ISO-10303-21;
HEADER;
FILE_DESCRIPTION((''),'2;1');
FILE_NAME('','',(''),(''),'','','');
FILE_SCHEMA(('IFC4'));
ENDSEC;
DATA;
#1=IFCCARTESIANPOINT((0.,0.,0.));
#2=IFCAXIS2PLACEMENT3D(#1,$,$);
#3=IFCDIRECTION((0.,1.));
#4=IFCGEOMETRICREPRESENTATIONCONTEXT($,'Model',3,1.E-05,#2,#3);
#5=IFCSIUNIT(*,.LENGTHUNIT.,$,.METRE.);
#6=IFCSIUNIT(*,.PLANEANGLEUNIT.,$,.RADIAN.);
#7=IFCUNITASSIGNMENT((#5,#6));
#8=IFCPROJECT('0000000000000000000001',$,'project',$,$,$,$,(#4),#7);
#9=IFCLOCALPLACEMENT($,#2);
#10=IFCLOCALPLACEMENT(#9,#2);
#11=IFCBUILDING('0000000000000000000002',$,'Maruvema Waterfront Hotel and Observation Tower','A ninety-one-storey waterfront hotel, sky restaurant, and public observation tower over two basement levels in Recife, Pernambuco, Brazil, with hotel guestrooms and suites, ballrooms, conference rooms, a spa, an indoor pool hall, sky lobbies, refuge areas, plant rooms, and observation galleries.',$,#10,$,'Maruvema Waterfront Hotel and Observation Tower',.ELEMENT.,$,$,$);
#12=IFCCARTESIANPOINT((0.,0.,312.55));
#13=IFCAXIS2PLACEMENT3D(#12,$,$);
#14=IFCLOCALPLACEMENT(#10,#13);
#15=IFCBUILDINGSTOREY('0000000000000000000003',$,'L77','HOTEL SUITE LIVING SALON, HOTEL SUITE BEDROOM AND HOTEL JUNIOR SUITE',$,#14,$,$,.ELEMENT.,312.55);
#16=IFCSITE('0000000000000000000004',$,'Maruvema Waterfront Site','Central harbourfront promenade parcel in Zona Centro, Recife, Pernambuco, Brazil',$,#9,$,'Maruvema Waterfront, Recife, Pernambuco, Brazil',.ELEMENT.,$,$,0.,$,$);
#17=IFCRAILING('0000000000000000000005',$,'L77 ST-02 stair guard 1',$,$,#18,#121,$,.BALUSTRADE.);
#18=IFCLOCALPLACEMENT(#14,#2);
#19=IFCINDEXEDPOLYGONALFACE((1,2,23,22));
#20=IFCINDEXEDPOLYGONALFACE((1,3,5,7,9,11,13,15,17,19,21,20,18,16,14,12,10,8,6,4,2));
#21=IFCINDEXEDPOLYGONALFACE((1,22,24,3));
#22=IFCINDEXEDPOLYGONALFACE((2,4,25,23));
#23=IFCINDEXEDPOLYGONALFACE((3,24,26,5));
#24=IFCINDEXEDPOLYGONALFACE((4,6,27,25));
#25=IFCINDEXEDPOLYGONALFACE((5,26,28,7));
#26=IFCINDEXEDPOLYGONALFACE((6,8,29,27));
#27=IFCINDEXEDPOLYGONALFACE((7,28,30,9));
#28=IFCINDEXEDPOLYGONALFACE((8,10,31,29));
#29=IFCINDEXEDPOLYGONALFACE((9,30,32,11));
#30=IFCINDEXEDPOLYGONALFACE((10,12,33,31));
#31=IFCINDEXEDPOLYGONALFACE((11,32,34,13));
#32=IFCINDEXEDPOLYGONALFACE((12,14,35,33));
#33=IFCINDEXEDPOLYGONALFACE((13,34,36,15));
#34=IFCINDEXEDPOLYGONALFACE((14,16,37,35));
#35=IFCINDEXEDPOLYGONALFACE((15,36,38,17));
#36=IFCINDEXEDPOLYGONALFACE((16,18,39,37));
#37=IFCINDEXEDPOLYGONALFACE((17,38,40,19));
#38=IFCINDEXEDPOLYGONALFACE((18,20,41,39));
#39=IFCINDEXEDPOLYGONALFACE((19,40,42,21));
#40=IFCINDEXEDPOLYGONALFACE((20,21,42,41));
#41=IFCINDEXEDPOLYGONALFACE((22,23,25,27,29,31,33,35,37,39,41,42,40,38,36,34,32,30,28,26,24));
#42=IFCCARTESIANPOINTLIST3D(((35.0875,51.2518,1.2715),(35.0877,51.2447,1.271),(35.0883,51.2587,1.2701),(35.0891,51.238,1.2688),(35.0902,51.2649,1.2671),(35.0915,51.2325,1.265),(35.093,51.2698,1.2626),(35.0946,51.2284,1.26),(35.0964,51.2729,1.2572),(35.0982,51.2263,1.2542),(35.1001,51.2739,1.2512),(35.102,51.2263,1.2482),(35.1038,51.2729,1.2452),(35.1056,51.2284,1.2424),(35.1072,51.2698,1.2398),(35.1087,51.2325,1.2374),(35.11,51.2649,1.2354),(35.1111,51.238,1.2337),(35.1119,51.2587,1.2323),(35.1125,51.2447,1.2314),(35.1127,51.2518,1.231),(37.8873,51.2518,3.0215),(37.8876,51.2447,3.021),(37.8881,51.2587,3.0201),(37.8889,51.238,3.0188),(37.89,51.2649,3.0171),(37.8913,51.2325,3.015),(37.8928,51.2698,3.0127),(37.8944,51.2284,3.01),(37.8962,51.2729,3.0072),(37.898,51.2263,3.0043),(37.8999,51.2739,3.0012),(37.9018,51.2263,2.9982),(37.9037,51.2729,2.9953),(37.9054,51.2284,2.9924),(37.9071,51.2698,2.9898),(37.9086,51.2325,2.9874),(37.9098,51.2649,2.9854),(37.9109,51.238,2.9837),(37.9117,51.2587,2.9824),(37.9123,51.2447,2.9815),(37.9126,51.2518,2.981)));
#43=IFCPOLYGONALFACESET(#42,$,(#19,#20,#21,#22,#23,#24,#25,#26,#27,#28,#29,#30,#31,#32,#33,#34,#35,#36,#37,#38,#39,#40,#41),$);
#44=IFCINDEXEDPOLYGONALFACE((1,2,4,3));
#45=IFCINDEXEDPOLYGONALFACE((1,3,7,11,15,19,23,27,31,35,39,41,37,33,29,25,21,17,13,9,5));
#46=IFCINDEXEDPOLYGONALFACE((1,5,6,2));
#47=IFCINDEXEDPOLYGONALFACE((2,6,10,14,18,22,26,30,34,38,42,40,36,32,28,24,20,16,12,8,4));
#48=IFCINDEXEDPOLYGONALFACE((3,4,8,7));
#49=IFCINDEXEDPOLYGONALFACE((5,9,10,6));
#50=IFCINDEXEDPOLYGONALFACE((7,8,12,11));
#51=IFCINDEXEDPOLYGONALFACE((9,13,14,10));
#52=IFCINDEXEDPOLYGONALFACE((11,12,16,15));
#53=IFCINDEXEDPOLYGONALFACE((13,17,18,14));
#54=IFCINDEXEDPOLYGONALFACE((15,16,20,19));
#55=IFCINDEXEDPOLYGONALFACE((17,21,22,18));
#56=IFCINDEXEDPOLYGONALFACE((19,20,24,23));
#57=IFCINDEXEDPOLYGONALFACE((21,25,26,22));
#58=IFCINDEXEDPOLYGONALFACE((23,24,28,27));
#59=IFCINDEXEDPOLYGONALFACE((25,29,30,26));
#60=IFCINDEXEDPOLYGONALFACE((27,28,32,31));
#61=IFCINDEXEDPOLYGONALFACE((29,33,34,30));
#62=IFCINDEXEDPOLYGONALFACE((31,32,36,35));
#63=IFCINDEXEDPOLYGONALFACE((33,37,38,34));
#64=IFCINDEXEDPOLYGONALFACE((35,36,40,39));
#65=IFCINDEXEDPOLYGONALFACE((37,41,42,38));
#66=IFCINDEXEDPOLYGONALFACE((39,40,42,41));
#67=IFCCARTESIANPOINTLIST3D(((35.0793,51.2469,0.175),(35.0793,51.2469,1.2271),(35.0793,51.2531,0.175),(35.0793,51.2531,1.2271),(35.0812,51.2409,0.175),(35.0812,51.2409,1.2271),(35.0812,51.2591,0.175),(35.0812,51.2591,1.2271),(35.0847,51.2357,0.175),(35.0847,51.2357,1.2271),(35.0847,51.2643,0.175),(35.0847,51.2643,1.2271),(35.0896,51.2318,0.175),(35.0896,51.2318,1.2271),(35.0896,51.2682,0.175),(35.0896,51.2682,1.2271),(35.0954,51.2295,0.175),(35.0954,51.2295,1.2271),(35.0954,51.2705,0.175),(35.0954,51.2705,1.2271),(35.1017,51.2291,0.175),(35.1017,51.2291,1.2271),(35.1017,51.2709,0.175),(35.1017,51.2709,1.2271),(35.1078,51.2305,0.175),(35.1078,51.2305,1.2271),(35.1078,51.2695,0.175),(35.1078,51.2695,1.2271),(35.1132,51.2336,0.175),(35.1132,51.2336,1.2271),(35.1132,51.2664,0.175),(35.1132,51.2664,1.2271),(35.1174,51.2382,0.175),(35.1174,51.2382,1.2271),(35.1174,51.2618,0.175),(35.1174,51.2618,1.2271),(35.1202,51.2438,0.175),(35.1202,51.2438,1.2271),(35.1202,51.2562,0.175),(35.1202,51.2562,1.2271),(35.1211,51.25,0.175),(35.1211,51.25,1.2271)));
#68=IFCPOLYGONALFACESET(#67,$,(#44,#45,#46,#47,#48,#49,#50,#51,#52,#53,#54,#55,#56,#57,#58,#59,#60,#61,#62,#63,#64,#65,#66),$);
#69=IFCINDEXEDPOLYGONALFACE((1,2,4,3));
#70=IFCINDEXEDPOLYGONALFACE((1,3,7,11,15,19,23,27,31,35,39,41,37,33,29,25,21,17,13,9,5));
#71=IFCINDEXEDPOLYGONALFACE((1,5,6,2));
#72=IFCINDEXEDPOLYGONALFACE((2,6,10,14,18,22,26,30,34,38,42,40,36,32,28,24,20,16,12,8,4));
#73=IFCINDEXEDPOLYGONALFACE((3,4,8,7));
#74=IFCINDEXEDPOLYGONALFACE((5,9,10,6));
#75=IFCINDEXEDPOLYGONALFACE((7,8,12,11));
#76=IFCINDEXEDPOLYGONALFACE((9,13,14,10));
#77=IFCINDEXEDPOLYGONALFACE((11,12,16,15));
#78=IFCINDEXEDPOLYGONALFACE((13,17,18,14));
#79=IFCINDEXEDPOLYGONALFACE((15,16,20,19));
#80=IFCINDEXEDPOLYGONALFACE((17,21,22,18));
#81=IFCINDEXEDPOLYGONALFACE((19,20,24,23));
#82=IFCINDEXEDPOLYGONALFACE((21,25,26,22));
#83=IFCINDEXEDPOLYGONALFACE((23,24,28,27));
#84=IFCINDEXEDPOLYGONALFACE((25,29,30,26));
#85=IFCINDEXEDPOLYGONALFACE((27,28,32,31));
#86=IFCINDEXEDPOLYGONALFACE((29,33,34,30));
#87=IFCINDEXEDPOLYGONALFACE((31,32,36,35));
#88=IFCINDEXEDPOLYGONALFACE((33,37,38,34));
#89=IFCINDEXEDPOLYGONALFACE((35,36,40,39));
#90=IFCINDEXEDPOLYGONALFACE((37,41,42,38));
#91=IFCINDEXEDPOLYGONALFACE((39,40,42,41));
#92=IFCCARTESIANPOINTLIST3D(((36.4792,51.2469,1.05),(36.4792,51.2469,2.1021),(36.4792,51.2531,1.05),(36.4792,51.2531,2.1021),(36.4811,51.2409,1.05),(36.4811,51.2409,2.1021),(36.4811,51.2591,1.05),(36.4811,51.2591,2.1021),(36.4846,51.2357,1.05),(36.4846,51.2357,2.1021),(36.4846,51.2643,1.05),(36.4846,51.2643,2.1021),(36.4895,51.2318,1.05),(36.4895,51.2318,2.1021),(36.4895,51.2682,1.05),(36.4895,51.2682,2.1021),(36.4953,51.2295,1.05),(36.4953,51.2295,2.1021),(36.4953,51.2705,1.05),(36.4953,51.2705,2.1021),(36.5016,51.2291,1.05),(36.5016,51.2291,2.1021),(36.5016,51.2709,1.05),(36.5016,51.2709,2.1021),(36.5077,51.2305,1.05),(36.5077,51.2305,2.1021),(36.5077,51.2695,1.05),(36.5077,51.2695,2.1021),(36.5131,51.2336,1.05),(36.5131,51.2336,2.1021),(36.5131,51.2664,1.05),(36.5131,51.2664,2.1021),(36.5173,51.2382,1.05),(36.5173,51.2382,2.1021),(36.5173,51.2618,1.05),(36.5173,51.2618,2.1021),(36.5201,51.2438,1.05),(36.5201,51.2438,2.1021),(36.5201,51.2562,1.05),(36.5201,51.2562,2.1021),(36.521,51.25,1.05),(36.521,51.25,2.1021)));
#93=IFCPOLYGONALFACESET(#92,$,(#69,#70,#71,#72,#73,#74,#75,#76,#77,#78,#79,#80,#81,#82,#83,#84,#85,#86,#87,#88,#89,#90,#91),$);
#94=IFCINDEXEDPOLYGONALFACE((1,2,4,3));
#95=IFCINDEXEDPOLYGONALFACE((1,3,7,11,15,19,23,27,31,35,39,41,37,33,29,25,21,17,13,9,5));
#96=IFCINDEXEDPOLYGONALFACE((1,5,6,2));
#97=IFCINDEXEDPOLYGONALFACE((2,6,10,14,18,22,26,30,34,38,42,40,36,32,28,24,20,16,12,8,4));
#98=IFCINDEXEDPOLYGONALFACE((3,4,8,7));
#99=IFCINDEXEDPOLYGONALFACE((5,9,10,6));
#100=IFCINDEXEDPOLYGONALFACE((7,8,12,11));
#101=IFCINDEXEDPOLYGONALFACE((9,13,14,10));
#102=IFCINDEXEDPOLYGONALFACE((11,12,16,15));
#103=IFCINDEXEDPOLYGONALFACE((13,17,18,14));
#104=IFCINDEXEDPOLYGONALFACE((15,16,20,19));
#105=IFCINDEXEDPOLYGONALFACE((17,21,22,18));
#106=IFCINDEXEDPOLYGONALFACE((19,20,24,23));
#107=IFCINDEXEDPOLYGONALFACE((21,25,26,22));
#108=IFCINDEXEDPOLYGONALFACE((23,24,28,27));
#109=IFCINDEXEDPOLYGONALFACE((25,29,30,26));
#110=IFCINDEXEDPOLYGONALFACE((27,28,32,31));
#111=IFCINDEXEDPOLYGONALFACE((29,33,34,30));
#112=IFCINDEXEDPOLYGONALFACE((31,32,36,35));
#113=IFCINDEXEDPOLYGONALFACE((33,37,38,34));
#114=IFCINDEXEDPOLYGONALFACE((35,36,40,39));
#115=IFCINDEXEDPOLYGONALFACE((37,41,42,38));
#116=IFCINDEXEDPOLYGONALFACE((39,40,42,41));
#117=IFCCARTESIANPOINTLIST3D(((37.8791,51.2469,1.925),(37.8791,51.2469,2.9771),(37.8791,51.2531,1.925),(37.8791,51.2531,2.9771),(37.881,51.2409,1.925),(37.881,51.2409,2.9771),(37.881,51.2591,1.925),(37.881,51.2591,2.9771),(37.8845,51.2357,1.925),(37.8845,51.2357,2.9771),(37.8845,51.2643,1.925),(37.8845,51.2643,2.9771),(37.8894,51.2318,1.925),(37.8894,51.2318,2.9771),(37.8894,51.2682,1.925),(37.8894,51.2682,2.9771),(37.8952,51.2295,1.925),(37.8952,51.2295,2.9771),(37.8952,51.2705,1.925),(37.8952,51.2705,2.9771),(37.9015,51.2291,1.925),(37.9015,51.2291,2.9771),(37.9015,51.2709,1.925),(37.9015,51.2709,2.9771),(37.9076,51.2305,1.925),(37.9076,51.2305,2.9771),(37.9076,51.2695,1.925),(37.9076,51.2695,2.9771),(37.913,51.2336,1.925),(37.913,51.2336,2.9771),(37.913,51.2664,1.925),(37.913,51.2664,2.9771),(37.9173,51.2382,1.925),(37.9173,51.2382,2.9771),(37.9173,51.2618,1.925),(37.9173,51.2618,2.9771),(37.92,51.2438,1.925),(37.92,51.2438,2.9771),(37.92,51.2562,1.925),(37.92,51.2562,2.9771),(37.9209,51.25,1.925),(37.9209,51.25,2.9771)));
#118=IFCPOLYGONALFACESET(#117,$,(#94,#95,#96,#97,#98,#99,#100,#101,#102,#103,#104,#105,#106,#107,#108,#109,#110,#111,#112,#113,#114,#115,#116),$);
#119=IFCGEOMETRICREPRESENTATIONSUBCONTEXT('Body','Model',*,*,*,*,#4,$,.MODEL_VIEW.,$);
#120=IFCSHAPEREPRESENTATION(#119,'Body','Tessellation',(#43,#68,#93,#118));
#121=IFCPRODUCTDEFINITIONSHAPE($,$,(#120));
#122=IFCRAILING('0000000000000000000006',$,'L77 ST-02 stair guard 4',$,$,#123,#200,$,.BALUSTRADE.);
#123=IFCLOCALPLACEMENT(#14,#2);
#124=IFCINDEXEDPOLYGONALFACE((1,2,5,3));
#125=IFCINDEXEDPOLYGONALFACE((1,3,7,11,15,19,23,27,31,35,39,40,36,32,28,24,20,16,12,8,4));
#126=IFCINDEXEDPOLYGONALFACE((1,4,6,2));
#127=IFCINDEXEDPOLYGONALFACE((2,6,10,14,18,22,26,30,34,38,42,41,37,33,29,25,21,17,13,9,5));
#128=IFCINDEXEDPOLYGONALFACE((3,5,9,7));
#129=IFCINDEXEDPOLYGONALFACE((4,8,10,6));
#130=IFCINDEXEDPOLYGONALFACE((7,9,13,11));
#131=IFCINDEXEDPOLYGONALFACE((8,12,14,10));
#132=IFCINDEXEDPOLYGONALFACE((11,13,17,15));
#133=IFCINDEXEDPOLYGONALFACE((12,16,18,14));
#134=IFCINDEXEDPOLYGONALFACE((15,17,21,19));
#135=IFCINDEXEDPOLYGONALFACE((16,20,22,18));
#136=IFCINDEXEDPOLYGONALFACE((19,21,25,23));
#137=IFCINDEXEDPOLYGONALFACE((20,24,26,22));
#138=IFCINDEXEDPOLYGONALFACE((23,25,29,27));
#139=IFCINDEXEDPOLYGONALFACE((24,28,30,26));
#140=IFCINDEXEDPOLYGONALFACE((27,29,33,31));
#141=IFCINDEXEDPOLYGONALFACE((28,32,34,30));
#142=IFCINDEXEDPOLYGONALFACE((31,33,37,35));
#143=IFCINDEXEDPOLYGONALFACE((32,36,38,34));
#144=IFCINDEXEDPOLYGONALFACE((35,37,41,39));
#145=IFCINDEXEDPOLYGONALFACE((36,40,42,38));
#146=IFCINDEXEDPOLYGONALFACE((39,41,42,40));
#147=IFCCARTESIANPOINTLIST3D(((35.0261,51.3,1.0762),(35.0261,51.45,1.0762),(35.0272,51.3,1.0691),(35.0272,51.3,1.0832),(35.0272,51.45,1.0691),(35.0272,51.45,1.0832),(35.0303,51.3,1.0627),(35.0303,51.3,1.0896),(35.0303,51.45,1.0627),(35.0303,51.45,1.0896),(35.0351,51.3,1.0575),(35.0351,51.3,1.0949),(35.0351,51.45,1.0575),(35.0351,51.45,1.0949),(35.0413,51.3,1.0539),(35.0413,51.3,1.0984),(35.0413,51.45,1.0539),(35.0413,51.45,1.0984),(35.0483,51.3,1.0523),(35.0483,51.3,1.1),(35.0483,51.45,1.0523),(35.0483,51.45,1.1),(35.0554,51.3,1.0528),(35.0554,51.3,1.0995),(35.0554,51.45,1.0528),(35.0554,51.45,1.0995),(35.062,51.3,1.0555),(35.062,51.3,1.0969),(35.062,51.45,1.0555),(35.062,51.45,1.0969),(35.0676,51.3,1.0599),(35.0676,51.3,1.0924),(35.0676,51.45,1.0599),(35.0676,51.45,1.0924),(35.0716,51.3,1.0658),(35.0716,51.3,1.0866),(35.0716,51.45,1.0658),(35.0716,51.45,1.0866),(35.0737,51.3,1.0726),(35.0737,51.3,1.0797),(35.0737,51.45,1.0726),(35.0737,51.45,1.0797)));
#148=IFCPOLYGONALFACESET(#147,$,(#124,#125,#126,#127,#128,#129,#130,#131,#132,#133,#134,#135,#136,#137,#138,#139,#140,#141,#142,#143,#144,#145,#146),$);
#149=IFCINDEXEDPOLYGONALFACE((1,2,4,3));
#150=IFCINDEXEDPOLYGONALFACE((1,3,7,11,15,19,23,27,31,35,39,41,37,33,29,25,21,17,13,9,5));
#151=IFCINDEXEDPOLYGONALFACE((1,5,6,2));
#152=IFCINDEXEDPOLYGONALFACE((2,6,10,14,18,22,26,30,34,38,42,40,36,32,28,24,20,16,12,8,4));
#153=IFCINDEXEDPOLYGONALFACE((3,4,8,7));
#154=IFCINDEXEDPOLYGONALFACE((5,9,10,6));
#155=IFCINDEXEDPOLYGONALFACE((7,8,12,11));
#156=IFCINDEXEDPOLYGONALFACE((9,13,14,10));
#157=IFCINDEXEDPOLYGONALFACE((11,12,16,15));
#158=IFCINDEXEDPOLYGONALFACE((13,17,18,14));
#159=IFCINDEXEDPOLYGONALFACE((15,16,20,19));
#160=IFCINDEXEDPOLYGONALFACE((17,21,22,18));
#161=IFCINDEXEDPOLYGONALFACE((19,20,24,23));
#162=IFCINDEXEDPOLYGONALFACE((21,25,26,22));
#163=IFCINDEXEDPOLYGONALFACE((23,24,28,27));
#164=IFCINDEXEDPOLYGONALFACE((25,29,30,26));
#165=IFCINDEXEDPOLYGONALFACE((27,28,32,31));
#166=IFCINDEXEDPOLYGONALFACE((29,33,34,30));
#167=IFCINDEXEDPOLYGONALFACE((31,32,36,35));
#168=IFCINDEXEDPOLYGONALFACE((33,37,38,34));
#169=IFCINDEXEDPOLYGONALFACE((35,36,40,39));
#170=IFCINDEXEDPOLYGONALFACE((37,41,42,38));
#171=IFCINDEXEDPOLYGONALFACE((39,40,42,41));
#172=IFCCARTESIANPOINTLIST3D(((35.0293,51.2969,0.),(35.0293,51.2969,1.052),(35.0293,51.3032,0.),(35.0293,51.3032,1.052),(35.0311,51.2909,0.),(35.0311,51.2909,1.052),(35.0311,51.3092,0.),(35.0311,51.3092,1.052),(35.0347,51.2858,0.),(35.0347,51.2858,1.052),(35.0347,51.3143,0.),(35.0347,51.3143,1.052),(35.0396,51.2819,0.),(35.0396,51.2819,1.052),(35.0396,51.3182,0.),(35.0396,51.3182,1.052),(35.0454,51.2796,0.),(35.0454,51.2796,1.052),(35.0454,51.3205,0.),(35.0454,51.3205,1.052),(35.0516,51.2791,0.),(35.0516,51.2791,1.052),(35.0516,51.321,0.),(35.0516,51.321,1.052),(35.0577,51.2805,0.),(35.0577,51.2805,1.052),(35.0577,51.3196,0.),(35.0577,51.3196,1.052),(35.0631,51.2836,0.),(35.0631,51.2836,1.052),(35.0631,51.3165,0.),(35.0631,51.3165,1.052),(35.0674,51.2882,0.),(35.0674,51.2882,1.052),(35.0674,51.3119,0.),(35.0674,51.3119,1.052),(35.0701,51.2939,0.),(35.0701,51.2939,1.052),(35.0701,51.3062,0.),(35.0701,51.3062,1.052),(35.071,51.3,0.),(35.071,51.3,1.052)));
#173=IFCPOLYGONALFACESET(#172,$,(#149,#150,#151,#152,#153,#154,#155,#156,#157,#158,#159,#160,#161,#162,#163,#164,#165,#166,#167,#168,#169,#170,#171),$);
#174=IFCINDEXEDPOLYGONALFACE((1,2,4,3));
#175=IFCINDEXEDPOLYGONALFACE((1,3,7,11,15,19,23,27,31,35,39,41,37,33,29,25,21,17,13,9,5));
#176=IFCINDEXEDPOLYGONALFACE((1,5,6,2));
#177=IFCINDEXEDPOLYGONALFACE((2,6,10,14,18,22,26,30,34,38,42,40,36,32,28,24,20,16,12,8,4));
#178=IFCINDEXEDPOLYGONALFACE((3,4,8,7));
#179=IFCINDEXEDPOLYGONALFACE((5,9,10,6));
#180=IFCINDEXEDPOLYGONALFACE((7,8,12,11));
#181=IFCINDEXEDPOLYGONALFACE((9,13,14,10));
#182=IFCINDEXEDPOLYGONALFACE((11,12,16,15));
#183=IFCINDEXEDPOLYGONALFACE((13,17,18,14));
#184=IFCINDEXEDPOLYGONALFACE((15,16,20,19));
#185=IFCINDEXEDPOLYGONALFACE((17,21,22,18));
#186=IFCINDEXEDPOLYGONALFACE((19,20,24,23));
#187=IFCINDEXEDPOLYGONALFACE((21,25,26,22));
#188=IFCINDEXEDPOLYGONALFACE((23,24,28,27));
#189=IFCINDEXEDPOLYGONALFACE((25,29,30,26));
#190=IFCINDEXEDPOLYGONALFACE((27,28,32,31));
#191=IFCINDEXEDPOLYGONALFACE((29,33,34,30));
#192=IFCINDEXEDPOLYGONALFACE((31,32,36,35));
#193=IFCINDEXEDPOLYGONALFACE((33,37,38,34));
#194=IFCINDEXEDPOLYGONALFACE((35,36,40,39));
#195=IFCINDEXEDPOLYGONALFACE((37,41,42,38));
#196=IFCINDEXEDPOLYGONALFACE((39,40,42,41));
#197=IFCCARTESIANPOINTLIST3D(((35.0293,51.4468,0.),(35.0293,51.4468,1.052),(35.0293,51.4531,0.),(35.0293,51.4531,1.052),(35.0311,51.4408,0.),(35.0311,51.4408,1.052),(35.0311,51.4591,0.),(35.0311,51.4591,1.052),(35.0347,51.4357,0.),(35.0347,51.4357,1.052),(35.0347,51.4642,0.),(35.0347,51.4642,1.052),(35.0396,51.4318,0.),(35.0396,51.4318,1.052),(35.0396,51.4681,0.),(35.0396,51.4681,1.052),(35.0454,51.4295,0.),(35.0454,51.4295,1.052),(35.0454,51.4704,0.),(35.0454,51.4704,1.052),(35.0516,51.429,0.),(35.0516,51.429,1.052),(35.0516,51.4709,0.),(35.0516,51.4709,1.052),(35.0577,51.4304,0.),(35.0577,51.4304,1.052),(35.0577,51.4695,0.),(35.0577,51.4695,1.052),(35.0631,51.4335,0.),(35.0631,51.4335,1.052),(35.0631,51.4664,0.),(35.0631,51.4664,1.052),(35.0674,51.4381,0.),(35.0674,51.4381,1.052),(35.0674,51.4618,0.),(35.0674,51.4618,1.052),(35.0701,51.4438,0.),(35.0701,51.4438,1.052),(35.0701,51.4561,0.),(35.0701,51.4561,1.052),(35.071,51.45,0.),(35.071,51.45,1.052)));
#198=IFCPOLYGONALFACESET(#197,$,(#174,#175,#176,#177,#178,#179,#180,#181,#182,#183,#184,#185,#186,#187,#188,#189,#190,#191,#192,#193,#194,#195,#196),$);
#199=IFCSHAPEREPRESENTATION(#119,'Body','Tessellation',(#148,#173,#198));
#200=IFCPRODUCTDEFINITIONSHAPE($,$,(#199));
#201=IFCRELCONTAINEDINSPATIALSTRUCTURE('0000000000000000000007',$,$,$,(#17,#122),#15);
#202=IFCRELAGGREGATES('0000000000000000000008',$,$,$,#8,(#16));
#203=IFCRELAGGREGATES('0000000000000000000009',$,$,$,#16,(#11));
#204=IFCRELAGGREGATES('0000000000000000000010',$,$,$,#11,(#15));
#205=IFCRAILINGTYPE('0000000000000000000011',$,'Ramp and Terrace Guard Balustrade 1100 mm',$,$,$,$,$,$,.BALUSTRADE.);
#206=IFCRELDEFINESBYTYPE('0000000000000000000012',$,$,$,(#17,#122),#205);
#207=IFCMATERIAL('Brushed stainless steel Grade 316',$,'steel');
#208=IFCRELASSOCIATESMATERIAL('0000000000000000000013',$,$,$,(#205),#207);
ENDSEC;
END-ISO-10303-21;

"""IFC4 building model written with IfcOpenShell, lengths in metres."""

from ifc_helpers import new_model, si_unit, direction, frame, origin, origin_2d, place, context, subcontext, project, spatial, circle, extrude, material, type_object, element, save


model = new_model("IFC4")

# Units and contexts
model_context = context("Model", 3, precision=1e-05, world=origin(), true_north=direction((0.0, 1.0)))
body_context = subcontext(model_context, "Body", "Model", "MODEL_VIEW")
ifc_project = project(units=[si_unit("LENGTHUNIT", "METRE"), si_unit("PLANEANGLEUNIT", "RADIAN")], contexts=[model_context])

# Site, building, storey
site_placement = place(None, origin())
site = spatial("IfcSite", under=ifc_project, at=site_placement, Name="Maruvema Waterfront Site", Description="Central harbourfront promenade parcel in Zona Centro, Recife, Pernambuco, Brazil", LongName="Maruvema Waterfront, Recife, Pernambuco, Brazil", CompositionType="ELEMENT", RefElevation=0.0)
building_placement = place(site_placement, origin())
building = spatial("IfcBuilding", under=site, at=building_placement, Name="Maruvema Waterfront Hotel and Observation Tower", Description="A ninety-one-storey waterfront hotel, sky restaurant, and public observation tower over two basement levels in Recife, Pernambuco, Brazil, with hotel guestrooms and suites, ballrooms, conference rooms, a spa, an indoor pool hall, sky lobbies, refuge areas, plant rooms, and observation galleries.", LongName="Maruvema Waterfront Hotel and Observation Tower", CompositionType="ELEMENT")
storey_placement = place(building_placement, frame((0.0, 0.0, 312.55)))
storey = spatial("IfcBuildingStorey", under=building, at=storey_placement, Name="L77", Description="HOTEL SUITE LIVING SALON, HOTEL SUITE BEDROOM AND HOTEL JUNIOR SUITE", CompositionType="ELEMENT", Elevation=312.55)

# Railings
ifc_material_1 = material(Name="Brushed stainless steel Grade 316", Category="steel")
railing_type_1 = type_object("IfcRailingType", Name="Ramp and Terrace Guard Balustrade 1100 mm", PredefinedType="BALUSTRADE", material=ifc_material_1)
railing_1_placement = place(storey_placement, frame((35.1001, 51.25, 0.175)))
element("IfcRailing", 1, at=railing_1_placement, inside=storey, type_object=railing_type_1, Name="L77 ST-02 stair guard 1", PredefinedType="BALUSTRADE", context=body_context, shape_type="SweptSolid", body=[
    extrude(circle(Radius=0.0239, at=origin_2d()), frame((0.0, 0.0, 1.0762), z_axis=(0.847982, 0.0, 0.530026), x_axis=(0.0, 1.0, 0.0)), (0.0, 0.0, 1.0), 3.3018),
    extrude(circle(Radius=0.021, at=origin_2d()), origin(), (0.0, 0.0, 1.0), 1.052),
    extrude(circle(Radius=0.021, at=origin_2d()), frame((1.3999, 0.0, 0.875)), (0.0, 0.0, 1.0), 1.052),
    extrude(circle(Radius=0.021, at=origin_2d()), frame((2.7998, 0.0, 1.75)), (0.0, 0.0, 1.0), 1.052),
])
railing_2_placement = place(storey_placement, frame((35.05, 51.3, 0.0)))
element("IfcRailing", 2, at=railing_2_placement, inside=storey, type_object=railing_type_1, Name="L77 ST-02 stair guard 4", PredefinedType="BALUSTRADE", context=body_context, shape_type="SweptSolid", body=[
    extrude(circle(Radius=0.0239, at=origin_2d()), frame((0.0, 0.0, 1.0762), z_axis=(0.0, 1.0, 0.0), x_axis=(-1.0, 0.0, 0.0)), (0.0, 0.0, 1.0), 0.1499),
    extrude(circle(Radius=0.021, at=origin_2d()), origin(), (0.0, 0.0, 1.0), 1.052),
    extrude(circle(Radius=0.021, at=origin_2d()), frame((0.0, 0.1499, 0.0)), (0.0, 0.0, 1.0), 1.052),
])

save(model, "model.ifc")
